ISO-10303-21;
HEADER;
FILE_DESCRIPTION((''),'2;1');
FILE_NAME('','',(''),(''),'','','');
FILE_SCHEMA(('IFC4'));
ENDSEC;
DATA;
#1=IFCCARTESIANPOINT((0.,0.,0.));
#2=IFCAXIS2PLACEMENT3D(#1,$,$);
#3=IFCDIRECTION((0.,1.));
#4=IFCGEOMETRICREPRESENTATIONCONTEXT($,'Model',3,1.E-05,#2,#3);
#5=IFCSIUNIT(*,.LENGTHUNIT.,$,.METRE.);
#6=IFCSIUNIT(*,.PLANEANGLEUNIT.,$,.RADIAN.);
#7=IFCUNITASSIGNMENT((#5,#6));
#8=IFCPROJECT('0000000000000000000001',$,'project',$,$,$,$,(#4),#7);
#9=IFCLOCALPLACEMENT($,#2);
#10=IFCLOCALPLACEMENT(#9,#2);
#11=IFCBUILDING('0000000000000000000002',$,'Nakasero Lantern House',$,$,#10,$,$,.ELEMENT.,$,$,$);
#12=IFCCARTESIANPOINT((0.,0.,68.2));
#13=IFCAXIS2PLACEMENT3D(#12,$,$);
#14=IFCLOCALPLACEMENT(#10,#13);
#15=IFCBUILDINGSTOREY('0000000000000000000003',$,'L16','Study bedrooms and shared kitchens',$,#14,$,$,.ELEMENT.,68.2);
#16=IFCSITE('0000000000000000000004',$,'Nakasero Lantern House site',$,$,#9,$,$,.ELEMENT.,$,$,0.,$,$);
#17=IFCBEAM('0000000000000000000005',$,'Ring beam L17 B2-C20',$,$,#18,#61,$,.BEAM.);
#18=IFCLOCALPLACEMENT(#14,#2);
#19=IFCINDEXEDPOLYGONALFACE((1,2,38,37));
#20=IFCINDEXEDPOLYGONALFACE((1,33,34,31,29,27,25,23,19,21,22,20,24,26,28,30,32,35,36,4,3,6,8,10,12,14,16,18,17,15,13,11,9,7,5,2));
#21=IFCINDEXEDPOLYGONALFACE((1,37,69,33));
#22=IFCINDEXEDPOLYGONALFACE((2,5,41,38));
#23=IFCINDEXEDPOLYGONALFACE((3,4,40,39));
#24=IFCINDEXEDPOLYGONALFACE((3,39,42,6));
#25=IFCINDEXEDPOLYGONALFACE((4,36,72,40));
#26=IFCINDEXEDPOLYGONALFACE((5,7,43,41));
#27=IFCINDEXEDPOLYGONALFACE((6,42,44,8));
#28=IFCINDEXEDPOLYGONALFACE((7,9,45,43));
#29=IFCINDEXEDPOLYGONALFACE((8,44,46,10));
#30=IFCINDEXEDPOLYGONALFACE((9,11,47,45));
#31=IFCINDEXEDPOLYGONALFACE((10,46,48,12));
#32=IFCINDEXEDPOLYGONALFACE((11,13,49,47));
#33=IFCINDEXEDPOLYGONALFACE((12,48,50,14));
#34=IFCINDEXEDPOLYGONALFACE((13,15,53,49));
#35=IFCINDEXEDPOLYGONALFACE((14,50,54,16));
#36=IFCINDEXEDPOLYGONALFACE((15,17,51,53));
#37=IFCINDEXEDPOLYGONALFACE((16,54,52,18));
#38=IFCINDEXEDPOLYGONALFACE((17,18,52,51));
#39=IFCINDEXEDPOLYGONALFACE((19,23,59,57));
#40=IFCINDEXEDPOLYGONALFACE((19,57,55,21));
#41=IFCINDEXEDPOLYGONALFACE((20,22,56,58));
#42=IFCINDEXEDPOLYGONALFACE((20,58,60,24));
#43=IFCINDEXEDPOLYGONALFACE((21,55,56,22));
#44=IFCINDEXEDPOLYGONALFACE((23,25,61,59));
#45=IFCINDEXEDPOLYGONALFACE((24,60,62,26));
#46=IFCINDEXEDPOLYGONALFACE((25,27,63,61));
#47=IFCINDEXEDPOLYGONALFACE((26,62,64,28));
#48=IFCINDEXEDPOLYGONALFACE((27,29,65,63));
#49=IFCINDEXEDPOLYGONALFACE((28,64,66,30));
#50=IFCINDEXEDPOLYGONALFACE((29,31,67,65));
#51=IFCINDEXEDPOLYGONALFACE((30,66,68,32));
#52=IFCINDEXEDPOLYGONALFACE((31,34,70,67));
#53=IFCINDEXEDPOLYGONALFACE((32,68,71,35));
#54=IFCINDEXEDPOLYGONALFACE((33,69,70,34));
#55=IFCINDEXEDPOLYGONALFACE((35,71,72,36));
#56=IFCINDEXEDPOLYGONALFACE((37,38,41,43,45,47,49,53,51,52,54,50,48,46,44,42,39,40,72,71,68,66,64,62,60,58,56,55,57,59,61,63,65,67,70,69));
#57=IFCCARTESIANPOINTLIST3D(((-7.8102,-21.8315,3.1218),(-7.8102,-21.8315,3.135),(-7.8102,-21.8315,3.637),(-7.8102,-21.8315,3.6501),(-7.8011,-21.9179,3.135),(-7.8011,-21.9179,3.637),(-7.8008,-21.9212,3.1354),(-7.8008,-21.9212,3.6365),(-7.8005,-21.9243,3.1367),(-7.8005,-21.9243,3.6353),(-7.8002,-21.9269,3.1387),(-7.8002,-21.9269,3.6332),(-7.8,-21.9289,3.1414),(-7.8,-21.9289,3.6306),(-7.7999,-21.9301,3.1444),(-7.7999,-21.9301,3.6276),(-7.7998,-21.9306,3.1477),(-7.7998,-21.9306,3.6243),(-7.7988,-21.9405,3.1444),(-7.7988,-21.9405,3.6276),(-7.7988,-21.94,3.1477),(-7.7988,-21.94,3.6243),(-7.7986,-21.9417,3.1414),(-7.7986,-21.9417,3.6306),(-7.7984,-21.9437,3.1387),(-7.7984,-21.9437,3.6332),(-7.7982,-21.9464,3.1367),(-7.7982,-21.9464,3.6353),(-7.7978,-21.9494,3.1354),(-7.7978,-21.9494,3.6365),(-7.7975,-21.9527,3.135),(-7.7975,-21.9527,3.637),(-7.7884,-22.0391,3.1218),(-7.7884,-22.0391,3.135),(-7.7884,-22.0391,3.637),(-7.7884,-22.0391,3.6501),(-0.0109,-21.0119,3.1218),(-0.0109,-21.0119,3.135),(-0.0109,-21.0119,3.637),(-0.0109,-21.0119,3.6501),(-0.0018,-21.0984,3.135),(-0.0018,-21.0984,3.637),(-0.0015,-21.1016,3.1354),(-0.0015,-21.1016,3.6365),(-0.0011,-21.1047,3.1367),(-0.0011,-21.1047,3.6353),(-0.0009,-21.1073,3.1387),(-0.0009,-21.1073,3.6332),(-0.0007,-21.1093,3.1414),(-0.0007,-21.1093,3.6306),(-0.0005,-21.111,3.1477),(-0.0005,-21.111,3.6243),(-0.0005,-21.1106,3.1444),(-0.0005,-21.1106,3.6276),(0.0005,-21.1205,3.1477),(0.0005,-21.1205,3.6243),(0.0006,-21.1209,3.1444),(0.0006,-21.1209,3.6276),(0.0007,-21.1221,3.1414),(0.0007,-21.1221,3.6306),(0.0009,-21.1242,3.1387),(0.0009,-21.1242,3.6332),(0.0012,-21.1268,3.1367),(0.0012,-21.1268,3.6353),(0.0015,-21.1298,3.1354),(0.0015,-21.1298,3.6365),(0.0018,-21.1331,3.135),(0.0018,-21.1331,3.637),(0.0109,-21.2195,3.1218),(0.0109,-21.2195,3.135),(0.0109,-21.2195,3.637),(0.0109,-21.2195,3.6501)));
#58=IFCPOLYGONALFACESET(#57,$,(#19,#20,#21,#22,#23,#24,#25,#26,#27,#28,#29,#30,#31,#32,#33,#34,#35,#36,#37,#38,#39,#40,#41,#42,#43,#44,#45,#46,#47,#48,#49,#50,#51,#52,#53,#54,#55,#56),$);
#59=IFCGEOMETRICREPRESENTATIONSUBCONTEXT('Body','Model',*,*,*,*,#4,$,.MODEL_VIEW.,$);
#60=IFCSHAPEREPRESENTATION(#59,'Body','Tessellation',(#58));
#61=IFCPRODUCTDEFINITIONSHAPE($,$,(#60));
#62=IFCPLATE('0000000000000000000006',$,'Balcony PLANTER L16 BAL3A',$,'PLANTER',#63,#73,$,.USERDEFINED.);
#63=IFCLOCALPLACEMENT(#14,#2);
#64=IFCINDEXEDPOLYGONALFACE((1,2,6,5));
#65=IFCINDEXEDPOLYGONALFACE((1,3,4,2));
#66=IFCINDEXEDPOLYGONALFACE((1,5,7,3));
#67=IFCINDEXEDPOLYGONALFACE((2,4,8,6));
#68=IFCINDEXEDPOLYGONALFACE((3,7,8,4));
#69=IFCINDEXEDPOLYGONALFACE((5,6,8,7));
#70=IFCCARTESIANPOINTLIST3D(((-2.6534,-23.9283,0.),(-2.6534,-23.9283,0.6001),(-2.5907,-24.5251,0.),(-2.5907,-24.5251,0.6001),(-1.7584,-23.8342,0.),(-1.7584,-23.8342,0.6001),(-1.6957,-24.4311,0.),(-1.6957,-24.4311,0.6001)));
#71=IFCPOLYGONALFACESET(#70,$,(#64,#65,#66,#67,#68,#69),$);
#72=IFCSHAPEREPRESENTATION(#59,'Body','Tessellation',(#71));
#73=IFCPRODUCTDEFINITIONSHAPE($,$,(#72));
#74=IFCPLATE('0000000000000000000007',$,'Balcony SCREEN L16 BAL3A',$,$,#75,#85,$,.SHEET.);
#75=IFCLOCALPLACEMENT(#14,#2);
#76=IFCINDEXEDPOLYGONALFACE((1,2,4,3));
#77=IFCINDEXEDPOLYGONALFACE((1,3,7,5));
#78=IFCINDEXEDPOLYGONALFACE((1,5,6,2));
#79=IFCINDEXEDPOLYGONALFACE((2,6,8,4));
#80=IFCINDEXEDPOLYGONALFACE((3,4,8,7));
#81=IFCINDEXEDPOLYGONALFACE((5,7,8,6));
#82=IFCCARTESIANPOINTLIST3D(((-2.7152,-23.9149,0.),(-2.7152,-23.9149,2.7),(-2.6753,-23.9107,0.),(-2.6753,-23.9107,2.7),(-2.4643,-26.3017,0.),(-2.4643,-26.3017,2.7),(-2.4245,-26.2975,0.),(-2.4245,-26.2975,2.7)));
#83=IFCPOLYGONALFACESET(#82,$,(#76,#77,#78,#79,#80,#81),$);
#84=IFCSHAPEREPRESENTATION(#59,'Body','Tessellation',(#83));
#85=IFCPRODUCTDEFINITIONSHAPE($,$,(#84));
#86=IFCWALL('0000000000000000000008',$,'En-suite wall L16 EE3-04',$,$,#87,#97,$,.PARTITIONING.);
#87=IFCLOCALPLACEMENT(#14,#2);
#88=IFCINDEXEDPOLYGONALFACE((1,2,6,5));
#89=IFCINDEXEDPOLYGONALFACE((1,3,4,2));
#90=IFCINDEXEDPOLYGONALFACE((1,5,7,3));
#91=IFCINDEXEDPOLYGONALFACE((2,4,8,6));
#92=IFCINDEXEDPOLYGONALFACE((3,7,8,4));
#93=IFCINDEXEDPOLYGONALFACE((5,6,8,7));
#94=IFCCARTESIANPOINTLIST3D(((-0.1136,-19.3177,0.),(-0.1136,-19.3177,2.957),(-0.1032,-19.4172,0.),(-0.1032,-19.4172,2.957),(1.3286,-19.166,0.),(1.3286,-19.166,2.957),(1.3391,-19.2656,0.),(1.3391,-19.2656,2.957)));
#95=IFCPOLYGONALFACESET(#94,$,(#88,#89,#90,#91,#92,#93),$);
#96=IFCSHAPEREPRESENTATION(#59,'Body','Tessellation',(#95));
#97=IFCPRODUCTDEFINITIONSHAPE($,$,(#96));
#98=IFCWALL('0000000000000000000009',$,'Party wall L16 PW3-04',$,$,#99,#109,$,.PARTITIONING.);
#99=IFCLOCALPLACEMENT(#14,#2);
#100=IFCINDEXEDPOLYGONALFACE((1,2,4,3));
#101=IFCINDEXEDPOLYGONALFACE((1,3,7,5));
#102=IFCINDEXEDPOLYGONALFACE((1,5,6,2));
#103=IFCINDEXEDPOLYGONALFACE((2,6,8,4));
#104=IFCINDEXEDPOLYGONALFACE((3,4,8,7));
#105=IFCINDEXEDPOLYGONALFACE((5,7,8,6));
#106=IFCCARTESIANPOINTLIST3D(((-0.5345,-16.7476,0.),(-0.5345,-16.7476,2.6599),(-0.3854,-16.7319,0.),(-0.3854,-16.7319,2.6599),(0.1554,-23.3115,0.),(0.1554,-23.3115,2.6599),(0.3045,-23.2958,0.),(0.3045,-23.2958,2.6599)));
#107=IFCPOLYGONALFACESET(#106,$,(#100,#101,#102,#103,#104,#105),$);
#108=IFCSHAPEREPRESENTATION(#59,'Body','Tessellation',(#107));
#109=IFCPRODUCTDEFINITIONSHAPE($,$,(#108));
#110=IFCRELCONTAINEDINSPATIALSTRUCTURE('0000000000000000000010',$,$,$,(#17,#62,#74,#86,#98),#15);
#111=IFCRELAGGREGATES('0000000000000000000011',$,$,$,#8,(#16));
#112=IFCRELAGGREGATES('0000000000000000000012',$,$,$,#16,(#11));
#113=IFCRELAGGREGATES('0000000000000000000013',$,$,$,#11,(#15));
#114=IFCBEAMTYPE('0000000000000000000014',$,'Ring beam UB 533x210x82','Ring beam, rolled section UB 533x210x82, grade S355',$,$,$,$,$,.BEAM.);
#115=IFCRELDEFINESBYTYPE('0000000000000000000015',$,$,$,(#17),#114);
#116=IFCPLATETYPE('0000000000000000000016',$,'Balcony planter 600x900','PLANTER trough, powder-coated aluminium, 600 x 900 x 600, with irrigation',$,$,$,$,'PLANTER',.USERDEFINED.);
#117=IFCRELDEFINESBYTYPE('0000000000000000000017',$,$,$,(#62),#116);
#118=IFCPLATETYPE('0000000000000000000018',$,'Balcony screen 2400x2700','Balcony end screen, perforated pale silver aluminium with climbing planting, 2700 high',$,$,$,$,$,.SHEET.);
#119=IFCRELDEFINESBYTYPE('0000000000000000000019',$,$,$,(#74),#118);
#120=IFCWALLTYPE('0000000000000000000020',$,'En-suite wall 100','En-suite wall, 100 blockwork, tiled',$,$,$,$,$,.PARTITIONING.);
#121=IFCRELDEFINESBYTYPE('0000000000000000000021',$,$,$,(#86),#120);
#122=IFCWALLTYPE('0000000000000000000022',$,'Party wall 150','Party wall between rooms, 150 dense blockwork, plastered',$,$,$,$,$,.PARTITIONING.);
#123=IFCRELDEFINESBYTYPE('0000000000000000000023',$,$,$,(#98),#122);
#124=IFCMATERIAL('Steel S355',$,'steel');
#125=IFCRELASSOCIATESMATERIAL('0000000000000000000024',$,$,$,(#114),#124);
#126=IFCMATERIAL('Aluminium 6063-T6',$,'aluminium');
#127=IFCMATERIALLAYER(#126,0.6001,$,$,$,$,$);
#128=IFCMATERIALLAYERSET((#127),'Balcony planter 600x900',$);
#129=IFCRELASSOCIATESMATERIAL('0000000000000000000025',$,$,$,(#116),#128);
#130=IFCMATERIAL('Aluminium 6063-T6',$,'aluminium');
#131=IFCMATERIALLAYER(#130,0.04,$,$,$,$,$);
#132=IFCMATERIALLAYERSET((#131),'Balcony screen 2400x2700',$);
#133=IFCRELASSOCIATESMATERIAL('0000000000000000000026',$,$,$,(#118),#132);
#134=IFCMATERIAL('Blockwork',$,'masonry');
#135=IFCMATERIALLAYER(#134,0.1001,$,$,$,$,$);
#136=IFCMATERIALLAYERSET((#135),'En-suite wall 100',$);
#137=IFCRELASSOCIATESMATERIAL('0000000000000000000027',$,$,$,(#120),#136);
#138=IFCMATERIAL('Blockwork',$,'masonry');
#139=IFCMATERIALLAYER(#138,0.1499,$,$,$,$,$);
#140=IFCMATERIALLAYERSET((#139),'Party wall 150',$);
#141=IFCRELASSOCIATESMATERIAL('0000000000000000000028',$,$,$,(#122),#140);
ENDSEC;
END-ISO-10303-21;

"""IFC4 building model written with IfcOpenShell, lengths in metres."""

from ifc_helpers import new_model, si_unit, direction, frame, frame_2d, origin, origin_2d, place, context, subcontext, project, spatial, rectangle, i_section, extrude, material, layer, layer_set, material_profile, profile_set, type_object, element, save


model = new_model("IFC4")

# Units and contexts
model_context = context("Model", 3, precision=1e-05, world=origin(), true_north=direction((0.0, 1.0)))
body_context = subcontext(model_context, "Body", "Model", "MODEL_VIEW")
ifc_project = project(units=[si_unit("LENGTHUNIT", "METRE"), si_unit("PLANEANGLEUNIT", "RADIAN")], contexts=[model_context])

# Site, building, storey
site_placement = place(None, origin())
site = spatial("IfcSite", under=ifc_project, at=site_placement, Name="Nakasero Lantern House site", CompositionType="ELEMENT", RefElevation=0.0)
building_placement = place(site_placement, origin())
building = spatial("IfcBuilding", under=site, at=building_placement, Name="Nakasero Lantern House", CompositionType="ELEMENT")
storey_placement = place(building_placement, frame((0.0, 0.0, 68.2)))
storey = spatial("IfcBuildingStorey", under=building, at=storey_placement, Name="L16", Description="Study bedrooms and shared kitchens", CompositionType="ELEMENT", Elevation=68.2)

# Beam
ifc_material_1 = material(Name="Steel S355", Category="steel")
ifc_material_profile_1 = material_profile(ifc_material_1, i_section(OverallWidth=0.2087, OverallDepth=0.5283, WebThickness=0.0095, FlangeThickness=0.0132, FilletRadius=0.0127, at=origin_2d()), Name="UB 533x210x82")
ifc_profile_set_1 = profile_set([ifc_material_profile_1], Name="Steel S355")
beam_type_1 = type_object("IfcBeamType", Name="Ring beam UB 533x210x82", Description="Ring beam, rolled section UB 533x210x82, grade S355", PredefinedType="BEAM", material=ifc_profile_set_1)
beam_1_placement = place(storey_placement, frame((-7.7993, -21.9353, 3.386), z_axis=(0.994524, 0.104508, 0.0), x_axis=(-0.104508, 0.994524, 0.0)))
element("IfcBeam", 1, at=beam_1_placement, inside=storey, type_object=beam_type_1, Name="Ring beam L17 B2-C20", PredefinedType="BEAM", context=body_context, shape_type="SweptSolid", body=[
    extrude(i_section(OverallWidth=0.2087, OverallDepth=0.5283, WebThickness=0.0095, FlangeThickness=0.0132, FilletRadius=0.0127, at=origin_2d()), origin(), (0.0, 0.0, 1.0), 7.8423),
])

# Plates
ifc_material_2 = material(Name="Aluminium 6063-T6", Category="aluminium")
ifc_layer_1 = layer(ifc_material_2, 0.6001)
ifc_layer_set_1 = layer_set([ifc_layer_1], Name="Balcony planter 600x900")
plate_type_1 = type_object("IfcPlateType", Name="Balcony planter 600x900", Description="PLANTER trough, powder-coated aluminium, 600 x 900 x 600, with irrigation", ElementType="PLANTER", PredefinedType="USERDEFINED", material=ifc_layer_set_1)
plate_1_placement = place(storey_placement, frame((-2.1746, -24.1797, 0.0), z_axis=(0.0, 0.0, 1.0), x_axis=(0.104528, -0.994522, 0.0)))
element("IfcPlate", 2, at=plate_1_placement, inside=storey, type_object=plate_type_1, Name="Balcony PLANTER L16 BAL3A", ObjectType="PLANTER", PredefinedType="USERDEFINED", context=body_context, shape_type="SweptSolid", body=[
    extrude(rectangle(XDim=0.6001, YDim=0.8999, at=origin_2d()), origin(), (0.0, 0.0, 1.0), 0.6001),
])
ifc_material_3 = material(Name="Aluminium 6063-T6", Category="aluminium")
ifc_layer_2 = layer(ifc_material_3, 0.04)
ifc_layer_set_2 = layer_set([ifc_layer_2], Name="Balcony screen 2400x2700")
plate_type_2 = type_object("IfcPlateType", Name="Balcony screen 2400x2700", Description="Balcony end screen, perforated pale silver aluminium with climbing planting, 2700 high", PredefinedType="SHEET", material=ifc_layer_set_2)
plate_2_placement = place(storey_placement, frame((-2.5698, -25.1062, 0.0), z_axis=(0.0, 0.0, 1.0), x_axis=(0.104528, -0.994522, 0.0)))
element("IfcPlate", 3, at=plate_2_placement, inside=storey, type_object=plate_type_2, Name="Balcony SCREEN L16 BAL3A", PredefinedType="SHEET", context=body_context, shape_type="SweptSolid", body=[
    extrude(rectangle(XDim=2.3999, YDim=0.04, at=origin_2d()), origin(), (0.0, 0.0, 1.0), 2.7),
])

# Walls
ifc_material_4 = material(Name="Blockwork", Category="masonry")
ifc_layer_3 = layer(ifc_material_4, 0.1001)
ifc_layer_set_3 = layer_set([ifc_layer_3], Name="En-suite wall 100")
wall_type_1 = type_object("IfcWallType", Name="En-suite wall 100", Description="En-suite wall, 100 blockwork, tiled", PredefinedType="PARTITIONING", material=ifc_layer_set_3)
wall_1_placement = place(storey_placement, frame((-0.1084, -19.3674, 0.0), z_axis=(0.0, 0.0, 1.0), x_axis=(0.994519, 0.104553, 0.0)))
element("IfcWall", 4, at=wall_1_placement, inside=storey, type_object=wall_type_1, Name="En-suite wall L16 EE3-04", PredefinedType="PARTITIONING", context=body_context, shape_type="SweptSolid", body=[
    extrude(rectangle(XDim=1.4502, YDim=0.1001, at=frame_2d((0.7251, 0.0))), origin(), (0.0, 0.0, 1.0), 2.957),
])
ifc_material_5 = material(Name="Blockwork", Category="masonry")
ifc_layer_4 = layer(ifc_material_5, 0.1499)
ifc_layer_set_4 = layer_set([ifc_layer_4], Name="Party wall 150")
wall_type_2 = type_object("IfcWallType", Name="Party wall 150", Description="Party wall between rooms, 150 dense blockwork, plastered", PredefinedType="PARTITIONING", material=ifc_layer_set_4)
wall_2_placement = place(storey_placement, frame((-0.46, -16.7397, 0.0), z_axis=(0.0, 0.0, 1.0), x_axis=(0.104535, -0.994521, 0.0)))
element("IfcWall", 5, at=wall_2_placement, inside=storey, type_object=wall_type_2, Name="Party wall L16 PW3-04", PredefinedType="PARTITIONING", context=body_context, shape_type="SweptSolid", body=[
    extrude(rectangle(XDim=6.6001, YDim=0.1499, at=frame_2d((3.3, 0.0))), origin(), (0.0, 0.0, 1.0), 2.6599),
])

save(model, "model.ifc")
